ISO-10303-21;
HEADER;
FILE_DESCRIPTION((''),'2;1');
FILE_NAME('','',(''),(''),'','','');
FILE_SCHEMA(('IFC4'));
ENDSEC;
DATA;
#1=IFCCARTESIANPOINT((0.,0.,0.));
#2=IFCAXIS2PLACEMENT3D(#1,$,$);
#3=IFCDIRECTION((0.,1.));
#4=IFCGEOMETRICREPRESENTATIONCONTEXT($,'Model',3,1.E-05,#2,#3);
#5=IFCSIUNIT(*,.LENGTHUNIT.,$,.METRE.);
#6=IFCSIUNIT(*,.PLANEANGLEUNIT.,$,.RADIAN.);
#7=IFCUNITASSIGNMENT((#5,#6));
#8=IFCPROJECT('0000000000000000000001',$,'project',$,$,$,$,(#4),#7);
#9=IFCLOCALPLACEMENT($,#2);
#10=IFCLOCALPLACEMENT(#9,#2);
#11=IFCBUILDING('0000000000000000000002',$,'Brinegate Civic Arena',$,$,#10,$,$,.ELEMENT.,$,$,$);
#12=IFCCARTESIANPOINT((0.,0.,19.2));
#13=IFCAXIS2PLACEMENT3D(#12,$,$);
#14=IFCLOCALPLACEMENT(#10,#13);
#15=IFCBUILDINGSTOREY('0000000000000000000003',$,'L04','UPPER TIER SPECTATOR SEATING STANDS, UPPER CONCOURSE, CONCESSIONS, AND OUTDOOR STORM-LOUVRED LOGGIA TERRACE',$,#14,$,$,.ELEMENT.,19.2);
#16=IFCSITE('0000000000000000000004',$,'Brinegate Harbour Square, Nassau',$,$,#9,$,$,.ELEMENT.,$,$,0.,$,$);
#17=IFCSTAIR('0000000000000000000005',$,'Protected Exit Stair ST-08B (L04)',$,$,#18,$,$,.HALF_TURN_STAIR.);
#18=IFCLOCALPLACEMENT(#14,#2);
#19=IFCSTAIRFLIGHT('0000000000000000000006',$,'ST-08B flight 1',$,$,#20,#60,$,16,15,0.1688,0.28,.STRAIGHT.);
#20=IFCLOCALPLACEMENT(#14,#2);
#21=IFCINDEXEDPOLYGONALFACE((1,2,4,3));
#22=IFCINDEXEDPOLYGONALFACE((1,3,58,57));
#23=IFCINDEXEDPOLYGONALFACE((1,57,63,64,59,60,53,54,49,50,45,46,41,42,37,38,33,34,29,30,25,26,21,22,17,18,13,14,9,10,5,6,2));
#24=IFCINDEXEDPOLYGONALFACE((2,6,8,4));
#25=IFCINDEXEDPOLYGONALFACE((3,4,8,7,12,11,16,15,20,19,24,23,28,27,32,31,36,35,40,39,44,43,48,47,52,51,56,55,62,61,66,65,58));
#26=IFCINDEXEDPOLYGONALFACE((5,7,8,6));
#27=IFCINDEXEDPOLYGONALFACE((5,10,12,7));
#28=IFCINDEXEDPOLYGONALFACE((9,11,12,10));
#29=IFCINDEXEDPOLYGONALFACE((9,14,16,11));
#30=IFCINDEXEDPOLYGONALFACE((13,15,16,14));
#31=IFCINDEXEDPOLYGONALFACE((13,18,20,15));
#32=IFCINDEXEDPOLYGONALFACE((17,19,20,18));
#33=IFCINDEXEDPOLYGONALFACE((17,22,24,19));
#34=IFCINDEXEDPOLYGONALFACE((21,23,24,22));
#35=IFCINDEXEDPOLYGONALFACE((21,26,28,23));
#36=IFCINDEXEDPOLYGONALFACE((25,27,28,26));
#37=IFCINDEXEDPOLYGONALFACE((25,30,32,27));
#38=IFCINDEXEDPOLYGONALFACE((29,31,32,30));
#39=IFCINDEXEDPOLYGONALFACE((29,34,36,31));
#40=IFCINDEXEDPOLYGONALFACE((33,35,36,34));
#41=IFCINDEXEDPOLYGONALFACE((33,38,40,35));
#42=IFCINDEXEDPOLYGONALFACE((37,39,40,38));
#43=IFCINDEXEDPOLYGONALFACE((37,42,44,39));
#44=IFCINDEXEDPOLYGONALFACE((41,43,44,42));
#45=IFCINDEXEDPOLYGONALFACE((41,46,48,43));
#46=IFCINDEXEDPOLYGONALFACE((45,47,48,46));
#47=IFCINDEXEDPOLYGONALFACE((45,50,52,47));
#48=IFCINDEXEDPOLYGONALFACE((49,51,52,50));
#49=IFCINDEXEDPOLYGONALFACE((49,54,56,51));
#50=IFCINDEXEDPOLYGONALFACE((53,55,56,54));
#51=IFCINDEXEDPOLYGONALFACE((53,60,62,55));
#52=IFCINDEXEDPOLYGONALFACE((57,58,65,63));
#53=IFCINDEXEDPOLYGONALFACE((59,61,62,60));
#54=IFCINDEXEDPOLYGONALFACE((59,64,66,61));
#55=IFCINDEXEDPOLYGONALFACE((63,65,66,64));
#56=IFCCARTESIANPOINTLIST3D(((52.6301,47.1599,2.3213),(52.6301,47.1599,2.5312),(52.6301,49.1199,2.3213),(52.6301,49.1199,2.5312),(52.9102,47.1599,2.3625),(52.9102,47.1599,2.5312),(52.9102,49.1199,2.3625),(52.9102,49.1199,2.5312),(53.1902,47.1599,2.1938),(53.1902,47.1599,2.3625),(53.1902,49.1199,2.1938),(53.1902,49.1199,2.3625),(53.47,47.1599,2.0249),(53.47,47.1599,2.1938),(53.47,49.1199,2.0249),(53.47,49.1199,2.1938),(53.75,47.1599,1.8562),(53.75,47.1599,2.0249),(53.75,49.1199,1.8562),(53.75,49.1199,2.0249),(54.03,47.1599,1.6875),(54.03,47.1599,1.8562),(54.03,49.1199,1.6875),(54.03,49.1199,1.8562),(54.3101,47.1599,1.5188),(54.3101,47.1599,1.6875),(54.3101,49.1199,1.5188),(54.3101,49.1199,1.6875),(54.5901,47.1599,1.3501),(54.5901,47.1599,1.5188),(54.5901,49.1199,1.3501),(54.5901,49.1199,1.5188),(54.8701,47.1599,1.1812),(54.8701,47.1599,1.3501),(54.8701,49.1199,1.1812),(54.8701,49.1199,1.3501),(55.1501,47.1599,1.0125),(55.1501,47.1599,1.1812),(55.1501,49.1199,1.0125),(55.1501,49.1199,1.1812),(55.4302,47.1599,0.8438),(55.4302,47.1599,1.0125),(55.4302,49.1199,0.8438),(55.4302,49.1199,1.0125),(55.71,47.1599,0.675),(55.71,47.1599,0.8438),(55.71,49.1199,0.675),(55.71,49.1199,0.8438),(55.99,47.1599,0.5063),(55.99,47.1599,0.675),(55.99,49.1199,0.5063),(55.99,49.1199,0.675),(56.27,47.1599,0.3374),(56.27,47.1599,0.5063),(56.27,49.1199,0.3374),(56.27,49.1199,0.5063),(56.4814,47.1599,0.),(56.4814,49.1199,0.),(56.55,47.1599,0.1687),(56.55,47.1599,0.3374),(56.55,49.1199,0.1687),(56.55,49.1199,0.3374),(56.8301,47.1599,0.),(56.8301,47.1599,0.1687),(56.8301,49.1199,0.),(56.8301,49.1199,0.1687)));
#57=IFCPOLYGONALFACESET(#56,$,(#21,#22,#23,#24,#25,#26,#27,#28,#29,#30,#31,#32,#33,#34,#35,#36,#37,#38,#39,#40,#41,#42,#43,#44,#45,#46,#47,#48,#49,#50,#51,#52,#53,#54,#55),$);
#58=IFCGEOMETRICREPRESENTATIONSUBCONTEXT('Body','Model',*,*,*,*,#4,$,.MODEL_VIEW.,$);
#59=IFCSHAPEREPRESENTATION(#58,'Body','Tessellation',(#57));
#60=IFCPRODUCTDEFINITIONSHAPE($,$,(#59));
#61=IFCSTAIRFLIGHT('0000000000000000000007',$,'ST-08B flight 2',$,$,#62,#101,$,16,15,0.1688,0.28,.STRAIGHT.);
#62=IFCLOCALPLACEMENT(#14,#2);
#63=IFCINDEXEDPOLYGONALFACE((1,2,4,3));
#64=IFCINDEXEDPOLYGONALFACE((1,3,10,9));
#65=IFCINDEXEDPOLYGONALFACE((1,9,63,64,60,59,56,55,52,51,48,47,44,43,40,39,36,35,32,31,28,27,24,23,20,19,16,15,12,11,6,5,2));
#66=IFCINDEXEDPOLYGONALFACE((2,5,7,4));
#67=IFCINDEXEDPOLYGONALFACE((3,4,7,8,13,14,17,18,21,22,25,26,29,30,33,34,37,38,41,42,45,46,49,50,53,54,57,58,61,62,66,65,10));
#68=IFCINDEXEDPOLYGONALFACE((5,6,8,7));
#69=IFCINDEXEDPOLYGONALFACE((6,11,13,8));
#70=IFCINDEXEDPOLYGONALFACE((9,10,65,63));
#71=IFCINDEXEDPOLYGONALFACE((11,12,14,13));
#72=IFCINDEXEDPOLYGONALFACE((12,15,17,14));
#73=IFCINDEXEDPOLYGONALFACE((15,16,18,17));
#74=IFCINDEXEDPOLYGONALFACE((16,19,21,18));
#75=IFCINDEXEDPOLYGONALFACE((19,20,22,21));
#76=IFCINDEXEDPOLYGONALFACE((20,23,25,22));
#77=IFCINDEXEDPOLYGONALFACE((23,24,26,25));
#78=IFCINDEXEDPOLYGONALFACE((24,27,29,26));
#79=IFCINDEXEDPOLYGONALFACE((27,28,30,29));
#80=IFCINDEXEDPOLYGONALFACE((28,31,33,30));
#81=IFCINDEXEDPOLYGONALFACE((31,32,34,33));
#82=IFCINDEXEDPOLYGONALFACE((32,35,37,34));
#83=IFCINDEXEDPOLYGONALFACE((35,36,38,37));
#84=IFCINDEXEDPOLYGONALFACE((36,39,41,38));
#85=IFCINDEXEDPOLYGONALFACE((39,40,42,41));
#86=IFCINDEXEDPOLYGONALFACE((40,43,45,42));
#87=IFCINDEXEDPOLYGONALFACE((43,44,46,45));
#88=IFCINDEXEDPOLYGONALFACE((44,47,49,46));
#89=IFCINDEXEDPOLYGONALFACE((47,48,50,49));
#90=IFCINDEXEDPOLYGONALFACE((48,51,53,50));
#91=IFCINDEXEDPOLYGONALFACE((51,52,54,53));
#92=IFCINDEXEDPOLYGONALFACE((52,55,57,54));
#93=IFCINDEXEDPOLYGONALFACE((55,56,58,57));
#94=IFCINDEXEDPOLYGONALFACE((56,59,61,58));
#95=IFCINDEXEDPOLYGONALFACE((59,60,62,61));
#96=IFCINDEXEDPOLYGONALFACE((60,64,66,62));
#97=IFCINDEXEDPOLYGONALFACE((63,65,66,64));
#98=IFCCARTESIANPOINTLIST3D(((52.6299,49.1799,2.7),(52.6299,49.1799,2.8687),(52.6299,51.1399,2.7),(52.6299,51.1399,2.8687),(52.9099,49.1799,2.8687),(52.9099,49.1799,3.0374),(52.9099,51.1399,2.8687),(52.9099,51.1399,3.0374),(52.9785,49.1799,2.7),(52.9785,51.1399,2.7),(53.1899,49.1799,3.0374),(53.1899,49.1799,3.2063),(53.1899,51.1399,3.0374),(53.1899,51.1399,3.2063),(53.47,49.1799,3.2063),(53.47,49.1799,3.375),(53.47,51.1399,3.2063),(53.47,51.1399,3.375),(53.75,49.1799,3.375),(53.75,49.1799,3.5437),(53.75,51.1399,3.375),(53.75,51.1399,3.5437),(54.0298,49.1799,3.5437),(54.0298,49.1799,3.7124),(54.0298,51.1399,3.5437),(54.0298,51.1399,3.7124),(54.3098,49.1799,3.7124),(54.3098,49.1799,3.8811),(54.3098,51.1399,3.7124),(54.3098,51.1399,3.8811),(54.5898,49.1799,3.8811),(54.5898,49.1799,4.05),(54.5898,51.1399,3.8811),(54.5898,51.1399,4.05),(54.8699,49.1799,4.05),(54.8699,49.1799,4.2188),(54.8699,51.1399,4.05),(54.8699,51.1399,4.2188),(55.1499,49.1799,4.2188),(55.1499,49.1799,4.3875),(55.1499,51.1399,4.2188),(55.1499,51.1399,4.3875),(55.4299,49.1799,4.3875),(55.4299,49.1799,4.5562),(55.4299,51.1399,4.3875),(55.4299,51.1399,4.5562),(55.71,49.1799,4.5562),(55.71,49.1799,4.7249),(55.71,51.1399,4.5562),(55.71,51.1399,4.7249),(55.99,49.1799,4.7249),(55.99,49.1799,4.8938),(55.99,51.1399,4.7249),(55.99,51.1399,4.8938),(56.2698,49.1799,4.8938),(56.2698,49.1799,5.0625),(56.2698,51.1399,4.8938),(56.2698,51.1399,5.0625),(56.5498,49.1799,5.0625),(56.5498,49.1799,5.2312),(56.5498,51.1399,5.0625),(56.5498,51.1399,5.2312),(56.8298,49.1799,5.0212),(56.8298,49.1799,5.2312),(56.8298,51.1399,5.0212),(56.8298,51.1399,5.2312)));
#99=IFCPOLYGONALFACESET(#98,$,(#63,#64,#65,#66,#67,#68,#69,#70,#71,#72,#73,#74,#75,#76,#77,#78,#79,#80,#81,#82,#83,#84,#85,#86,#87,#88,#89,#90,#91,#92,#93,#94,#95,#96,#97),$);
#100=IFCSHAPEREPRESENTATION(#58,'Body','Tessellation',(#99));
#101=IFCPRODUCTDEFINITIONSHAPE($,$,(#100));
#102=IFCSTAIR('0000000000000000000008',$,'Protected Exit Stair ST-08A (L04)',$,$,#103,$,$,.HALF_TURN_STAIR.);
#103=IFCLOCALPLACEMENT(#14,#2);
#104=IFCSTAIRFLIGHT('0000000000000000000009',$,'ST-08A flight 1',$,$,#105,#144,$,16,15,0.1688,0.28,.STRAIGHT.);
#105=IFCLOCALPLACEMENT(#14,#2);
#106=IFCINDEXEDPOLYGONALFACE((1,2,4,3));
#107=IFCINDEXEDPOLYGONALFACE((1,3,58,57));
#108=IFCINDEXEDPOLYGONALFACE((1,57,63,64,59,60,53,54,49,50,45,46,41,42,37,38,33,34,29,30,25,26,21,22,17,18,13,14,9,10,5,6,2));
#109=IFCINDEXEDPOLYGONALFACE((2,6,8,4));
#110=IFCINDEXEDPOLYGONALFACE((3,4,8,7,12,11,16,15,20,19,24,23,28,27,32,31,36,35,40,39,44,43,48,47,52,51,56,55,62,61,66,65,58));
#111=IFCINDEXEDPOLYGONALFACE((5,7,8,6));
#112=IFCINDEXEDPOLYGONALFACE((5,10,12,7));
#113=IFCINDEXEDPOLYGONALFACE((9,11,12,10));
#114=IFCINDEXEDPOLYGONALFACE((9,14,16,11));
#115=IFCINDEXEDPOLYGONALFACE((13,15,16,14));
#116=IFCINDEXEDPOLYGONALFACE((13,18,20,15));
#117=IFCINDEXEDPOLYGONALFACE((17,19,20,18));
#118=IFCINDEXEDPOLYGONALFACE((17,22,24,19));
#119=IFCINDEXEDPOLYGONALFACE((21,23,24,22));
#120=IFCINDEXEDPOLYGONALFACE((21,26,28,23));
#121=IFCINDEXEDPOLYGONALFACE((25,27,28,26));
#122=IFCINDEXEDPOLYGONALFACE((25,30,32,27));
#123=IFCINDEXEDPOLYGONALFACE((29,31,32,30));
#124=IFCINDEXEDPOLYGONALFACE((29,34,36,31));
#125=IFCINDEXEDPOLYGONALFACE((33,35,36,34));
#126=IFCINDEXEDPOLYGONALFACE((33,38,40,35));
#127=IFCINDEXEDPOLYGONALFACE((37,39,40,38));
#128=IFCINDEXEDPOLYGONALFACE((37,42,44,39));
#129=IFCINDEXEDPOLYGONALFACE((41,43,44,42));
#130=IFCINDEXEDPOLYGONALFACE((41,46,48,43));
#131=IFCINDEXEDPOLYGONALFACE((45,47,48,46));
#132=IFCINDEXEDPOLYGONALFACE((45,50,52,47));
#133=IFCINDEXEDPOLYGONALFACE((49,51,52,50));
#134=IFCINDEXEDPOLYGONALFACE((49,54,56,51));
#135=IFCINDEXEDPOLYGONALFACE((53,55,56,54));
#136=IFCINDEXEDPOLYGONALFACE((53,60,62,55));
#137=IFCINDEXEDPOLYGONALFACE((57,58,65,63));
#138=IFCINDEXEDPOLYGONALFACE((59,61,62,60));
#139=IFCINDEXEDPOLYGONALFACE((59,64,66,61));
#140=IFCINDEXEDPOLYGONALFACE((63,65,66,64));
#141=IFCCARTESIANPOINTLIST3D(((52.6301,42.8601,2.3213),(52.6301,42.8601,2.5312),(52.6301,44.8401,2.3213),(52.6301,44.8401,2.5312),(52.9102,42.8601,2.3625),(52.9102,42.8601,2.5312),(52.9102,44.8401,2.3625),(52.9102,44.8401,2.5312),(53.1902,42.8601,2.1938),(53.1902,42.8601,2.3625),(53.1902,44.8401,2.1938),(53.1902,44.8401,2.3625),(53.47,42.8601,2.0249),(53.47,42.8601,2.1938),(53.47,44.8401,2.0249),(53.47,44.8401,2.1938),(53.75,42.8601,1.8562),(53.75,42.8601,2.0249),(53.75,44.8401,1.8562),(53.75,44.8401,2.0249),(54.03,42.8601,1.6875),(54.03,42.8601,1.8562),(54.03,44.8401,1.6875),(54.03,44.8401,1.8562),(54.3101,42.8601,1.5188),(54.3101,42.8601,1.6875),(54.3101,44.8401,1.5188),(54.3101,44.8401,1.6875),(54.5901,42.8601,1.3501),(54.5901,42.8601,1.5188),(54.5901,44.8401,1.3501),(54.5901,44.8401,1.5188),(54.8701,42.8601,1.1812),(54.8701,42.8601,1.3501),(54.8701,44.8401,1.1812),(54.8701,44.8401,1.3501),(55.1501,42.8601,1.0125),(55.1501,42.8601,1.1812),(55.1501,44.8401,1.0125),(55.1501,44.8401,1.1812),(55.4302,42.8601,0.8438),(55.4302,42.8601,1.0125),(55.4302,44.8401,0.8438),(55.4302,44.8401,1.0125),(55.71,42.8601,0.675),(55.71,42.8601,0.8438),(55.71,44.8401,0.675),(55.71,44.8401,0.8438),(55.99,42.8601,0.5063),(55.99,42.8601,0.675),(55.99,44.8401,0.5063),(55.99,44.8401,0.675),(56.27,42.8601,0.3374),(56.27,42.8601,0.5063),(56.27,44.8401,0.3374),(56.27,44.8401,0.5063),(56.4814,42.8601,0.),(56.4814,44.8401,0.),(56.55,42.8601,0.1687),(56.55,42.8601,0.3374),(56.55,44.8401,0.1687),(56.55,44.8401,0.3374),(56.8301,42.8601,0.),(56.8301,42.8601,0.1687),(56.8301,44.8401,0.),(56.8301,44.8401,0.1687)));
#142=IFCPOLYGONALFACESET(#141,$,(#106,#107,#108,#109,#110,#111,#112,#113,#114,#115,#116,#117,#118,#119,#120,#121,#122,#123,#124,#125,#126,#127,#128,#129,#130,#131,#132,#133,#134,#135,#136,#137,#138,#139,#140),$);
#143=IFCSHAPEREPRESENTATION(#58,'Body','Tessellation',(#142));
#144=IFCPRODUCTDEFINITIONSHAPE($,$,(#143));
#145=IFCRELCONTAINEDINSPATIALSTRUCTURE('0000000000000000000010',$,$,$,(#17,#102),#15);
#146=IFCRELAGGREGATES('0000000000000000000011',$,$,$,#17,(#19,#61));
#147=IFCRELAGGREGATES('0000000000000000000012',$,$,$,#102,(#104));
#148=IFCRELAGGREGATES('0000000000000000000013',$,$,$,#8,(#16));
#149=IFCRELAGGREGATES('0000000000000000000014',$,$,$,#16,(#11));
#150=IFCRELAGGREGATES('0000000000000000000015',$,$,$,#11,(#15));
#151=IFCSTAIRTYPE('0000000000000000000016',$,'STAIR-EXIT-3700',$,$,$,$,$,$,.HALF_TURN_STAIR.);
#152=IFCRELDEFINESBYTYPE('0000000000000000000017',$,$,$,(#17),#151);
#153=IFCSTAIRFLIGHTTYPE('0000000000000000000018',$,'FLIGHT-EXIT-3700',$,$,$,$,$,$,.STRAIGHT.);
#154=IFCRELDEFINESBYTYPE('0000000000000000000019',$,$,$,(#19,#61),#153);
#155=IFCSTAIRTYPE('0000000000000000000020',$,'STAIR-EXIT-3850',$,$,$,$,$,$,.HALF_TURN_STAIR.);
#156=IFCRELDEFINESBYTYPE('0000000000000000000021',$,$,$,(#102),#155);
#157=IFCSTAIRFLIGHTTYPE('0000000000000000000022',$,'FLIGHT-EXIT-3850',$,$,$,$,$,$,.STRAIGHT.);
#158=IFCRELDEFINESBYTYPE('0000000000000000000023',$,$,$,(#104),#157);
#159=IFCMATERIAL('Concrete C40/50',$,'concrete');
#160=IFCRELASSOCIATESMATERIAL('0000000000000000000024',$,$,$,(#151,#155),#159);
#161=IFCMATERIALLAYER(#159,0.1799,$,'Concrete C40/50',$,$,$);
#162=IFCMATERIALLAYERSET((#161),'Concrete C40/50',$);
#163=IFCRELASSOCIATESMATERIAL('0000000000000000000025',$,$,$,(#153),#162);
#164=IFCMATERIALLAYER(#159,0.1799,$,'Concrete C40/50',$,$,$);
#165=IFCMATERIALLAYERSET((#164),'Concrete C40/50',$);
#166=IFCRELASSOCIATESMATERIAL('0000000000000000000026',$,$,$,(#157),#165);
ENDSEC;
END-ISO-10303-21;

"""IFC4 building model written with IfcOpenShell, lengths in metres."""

from ifc_helpers import new_model, si_unit, direction, frame, origin, place, context, subcontext, project, spatial, polyline, outline, extrude, material, layer, layer_set, type_object, element, aggregate, save


model = new_model("IFC4")

# Units and contexts
model_context = context("Model", 3, precision=1e-05, world=origin(), true_north=direction((0.0, 1.0)))
body_context = subcontext(model_context, "Body", "Model", "MODEL_VIEW")
ifc_project = project(units=[si_unit("LENGTHUNIT", "METRE"), si_unit("PLANEANGLEUNIT", "RADIAN")], contexts=[model_context])

# Site, building, storey
site_placement = place(None, origin())
site = spatial("IfcSite", under=ifc_project, at=site_placement, Name="Brinegate Harbour Square, Nassau", CompositionType="ELEMENT", RefElevation=0.0)
building_placement = place(site_placement, origin())
building = spatial("IfcBuilding", under=site, at=building_placement, Name="Brinegate Civic Arena", CompositionType="ELEMENT")
storey_placement = place(building_placement, frame((0.0, 0.0, 19.2)))
storey = spatial("IfcBuildingStorey", under=building, at=storey_placement, Name="L04", Description="UPPER TIER SPECTATOR SEATING STANDS, UPPER CONCOURSE, CONCESSIONS, AND OUTDOOR STORM-LOUVRED LOGGIA TERRACE", CompositionType="ELEMENT", Elevation=19.2)

# Shared definitions
ifc_material_1 = material(Name="Concrete C40/50", Category="concrete")

# Stairs, stair flights
stair_type_1 = type_object("IfcStairType", Name="STAIR-EXIT-3700", PredefinedType="HALF_TURN_STAIR", material=ifc_material_1)
stair_1_placement = place(storey_placement, origin())
stair_1 = element("IfcStair", 1, at=stair_1_placement, inside=storey, type_object=stair_type_1, Name="Protected Exit Stair ST-08B (L04)", PredefinedType="HALF_TURN_STAIR")
ifc_layer_1 = layer(ifc_material_1, 0.1799, Name="Concrete C40/50")
ifc_layer_set_1 = layer_set([ifc_layer_1], Name="Concrete C40/50")
stair_flight_type_1 = type_object("IfcStairFlightType", Name="FLIGHT-EXIT-3700", PredefinedType="STRAIGHT", material=ifc_layer_set_1)
stair_flight_1_placement = place(storey_placement, frame((56.8301, 48.1399, 0.0), z_axis=(0.0, 0.0, 1.0), x_axis=(-1.0, 0.0, 0.0)))
stair_flight_1 = element("IfcStairFlight", 2, at=stair_flight_1_placement, type_object=stair_flight_type_1, Name="ST-08B flight 1", NumberOfRisers=16, NumberOfTreads=15, PredefinedType="STRAIGHT", RiserHeight=0.1688, TreadLength=0.28, context=body_context, shape_type="SweptSolid", body=[
    extrude(outline(polyline([(0.0, 0.0), (0.0, 0.1687), (0.28, 0.1687), (0.28, 0.3374), (0.5601, 0.3374), (0.5601, 0.5063), (0.8401, 0.5063), (0.8401, 0.675), (1.1201, 0.675), (1.1201, 0.8438), (1.3999, 0.8438), (1.3999, 1.0125), (1.6799, 1.0125), (1.6799, 1.1812), (1.96, 1.1812), (1.96, 1.3501), (2.24, 1.3501), (2.24, 1.5188), (2.52, 1.5188), (2.52, 1.6875), (2.8, 1.6875), (2.8, 1.8562), (3.0801, 1.8562), (3.0801, 2.0249), (3.3601, 2.0249), (3.3601, 2.1938), (3.6399, 2.1938), (3.6399, 2.3625), (3.9199, 2.3625), (3.9199, 2.5312), (4.2, 2.5312), (4.2, 2.7), (4.2, 2.3213), (0.3486, 0.0), (0.0, 0.0)])), frame((0.0, 0.98, 0.0), z_axis=(0.0, -1.0, 0.0), x_axis=(1.0, 0.0, 0.0)), (0.0, 0.0, 1.0), 1.96),
])
stair_flight_2_placement = place(storey_placement, frame((52.6299, 50.1599, 2.7), z_axis=(0.0, 0.0, 1.0), x_axis=(1.0, 0.0, 0.0)))
stair_flight_2 = element("IfcStairFlight", 3, at=stair_flight_2_placement, type_object=stair_flight_type_1, Name="ST-08B flight 2", NumberOfRisers=16, NumberOfTreads=15, PredefinedType="STRAIGHT", RiserHeight=0.1688, TreadLength=0.28, context=body_context, shape_type="SweptSolid", body=[
    extrude(outline(polyline([(0.0, 0.0), (0.0, 0.1687), (0.28, 0.1687), (0.28, 0.3374), (0.5601, 0.3374), (0.5601, 0.5063), (0.8401, 0.5063), (0.8401, 0.675), (1.1201, 0.675), (1.1201, 0.8438), (1.3999, 0.8438), (1.3999, 1.0125), (1.6799, 1.0125), (1.6799, 1.1812), (1.96, 1.1812), (1.96, 1.3501), (2.24, 1.3501), (2.24, 1.5188), (2.52, 1.5188), (2.52, 1.6875), (2.8, 1.6875), (2.8, 1.8562), (3.0801, 1.8562), (3.0801, 2.0249), (3.3601, 2.0249), (3.3601, 2.1938), (3.6399, 2.1938), (3.6399, 2.3625), (3.9199, 2.3625), (3.9199, 2.5312), (4.2, 2.5312), (4.2, 2.7), (4.2, 2.3213), (0.3486, 0.0), (0.0, 0.0)])), frame((0.0, 0.98, 0.0), z_axis=(0.0, -1.0, 0.0), x_axis=(1.0, 0.0, 0.0)), (0.0, 0.0, 1.0), 1.96),
])
aggregate(stair_1, [stair_flight_1, stair_flight_2])
stair_type_2 = type_object("IfcStairType", Name="STAIR-EXIT-3850", PredefinedType="HALF_TURN_STAIR", material=ifc_material_1)
stair_2_placement = place(storey_placement, origin())
stair_2 = element("IfcStair", 4, at=stair_2_placement, inside=storey, type_object=stair_type_2, Name="Protected Exit Stair ST-08A (L04)", PredefinedType="HALF_TURN_STAIR")
ifc_layer_2 = layer(ifc_material_1, 0.1799, Name="Concrete C40/50")
ifc_layer_set_2 = layer_set([ifc_layer_2], Name="Concrete C40/50")
stair_flight_type_2 = type_object("IfcStairFlightType", Name="FLIGHT-EXIT-3850", PredefinedType="STRAIGHT", material=ifc_layer_set_2)
stair_flight_3_placement = place(storey_placement, frame((56.8301, 43.8501, 0.0), z_axis=(0.0, 0.0, 1.0), x_axis=(-1.0, 0.0, 0.0)))
stair_flight_3 = element("IfcStairFlight", 5, at=stair_flight_3_placement, type_object=stair_flight_type_2, Name="ST-08A flight 1", NumberOfRisers=16, NumberOfTreads=15, PredefinedType="STRAIGHT", RiserHeight=0.1688, TreadLength=0.28, context=body_context, shape_type="SweptSolid", body=[
    extrude(outline(polyline([(0.0, 0.0), (0.0, 0.1687), (0.28, 0.1687), (0.28, 0.3374), (0.5601, 0.3374), (0.5601, 0.5063), (0.8401, 0.5063), (0.8401, 0.675), (1.1201, 0.675), (1.1201, 0.8438), (1.3999, 0.8438), (1.3999, 1.0125), (1.6799, 1.0125), (1.6799, 1.1812), (1.96, 1.1812), (1.96, 1.3501), (2.24, 1.3501), (2.24, 1.5188), (2.52, 1.5188), (2.52, 1.6875), (2.8, 1.6875), (2.8, 1.8562), (3.0801, 1.8562), (3.0801, 2.0249), (3.3601, 2.0249), (3.3601, 2.1938), (3.6399, 2.1938), (3.6399, 2.3625), (3.9199, 2.3625), (3.9199, 2.5312), (4.2, 2.5312), (4.2, 2.7), (4.2, 2.3213), (0.3486, 0.0), (0.0, 0.0)])), frame((0.0, 0.99, 0.0), z_axis=(0.0, -1.0, 0.0), x_axis=(1.0, 0.0, 0.0)), (0.0, 0.0, 1.0), 1.98),
])
aggregate(stair_2, [stair_flight_3])

save(model, "model.ifc")
